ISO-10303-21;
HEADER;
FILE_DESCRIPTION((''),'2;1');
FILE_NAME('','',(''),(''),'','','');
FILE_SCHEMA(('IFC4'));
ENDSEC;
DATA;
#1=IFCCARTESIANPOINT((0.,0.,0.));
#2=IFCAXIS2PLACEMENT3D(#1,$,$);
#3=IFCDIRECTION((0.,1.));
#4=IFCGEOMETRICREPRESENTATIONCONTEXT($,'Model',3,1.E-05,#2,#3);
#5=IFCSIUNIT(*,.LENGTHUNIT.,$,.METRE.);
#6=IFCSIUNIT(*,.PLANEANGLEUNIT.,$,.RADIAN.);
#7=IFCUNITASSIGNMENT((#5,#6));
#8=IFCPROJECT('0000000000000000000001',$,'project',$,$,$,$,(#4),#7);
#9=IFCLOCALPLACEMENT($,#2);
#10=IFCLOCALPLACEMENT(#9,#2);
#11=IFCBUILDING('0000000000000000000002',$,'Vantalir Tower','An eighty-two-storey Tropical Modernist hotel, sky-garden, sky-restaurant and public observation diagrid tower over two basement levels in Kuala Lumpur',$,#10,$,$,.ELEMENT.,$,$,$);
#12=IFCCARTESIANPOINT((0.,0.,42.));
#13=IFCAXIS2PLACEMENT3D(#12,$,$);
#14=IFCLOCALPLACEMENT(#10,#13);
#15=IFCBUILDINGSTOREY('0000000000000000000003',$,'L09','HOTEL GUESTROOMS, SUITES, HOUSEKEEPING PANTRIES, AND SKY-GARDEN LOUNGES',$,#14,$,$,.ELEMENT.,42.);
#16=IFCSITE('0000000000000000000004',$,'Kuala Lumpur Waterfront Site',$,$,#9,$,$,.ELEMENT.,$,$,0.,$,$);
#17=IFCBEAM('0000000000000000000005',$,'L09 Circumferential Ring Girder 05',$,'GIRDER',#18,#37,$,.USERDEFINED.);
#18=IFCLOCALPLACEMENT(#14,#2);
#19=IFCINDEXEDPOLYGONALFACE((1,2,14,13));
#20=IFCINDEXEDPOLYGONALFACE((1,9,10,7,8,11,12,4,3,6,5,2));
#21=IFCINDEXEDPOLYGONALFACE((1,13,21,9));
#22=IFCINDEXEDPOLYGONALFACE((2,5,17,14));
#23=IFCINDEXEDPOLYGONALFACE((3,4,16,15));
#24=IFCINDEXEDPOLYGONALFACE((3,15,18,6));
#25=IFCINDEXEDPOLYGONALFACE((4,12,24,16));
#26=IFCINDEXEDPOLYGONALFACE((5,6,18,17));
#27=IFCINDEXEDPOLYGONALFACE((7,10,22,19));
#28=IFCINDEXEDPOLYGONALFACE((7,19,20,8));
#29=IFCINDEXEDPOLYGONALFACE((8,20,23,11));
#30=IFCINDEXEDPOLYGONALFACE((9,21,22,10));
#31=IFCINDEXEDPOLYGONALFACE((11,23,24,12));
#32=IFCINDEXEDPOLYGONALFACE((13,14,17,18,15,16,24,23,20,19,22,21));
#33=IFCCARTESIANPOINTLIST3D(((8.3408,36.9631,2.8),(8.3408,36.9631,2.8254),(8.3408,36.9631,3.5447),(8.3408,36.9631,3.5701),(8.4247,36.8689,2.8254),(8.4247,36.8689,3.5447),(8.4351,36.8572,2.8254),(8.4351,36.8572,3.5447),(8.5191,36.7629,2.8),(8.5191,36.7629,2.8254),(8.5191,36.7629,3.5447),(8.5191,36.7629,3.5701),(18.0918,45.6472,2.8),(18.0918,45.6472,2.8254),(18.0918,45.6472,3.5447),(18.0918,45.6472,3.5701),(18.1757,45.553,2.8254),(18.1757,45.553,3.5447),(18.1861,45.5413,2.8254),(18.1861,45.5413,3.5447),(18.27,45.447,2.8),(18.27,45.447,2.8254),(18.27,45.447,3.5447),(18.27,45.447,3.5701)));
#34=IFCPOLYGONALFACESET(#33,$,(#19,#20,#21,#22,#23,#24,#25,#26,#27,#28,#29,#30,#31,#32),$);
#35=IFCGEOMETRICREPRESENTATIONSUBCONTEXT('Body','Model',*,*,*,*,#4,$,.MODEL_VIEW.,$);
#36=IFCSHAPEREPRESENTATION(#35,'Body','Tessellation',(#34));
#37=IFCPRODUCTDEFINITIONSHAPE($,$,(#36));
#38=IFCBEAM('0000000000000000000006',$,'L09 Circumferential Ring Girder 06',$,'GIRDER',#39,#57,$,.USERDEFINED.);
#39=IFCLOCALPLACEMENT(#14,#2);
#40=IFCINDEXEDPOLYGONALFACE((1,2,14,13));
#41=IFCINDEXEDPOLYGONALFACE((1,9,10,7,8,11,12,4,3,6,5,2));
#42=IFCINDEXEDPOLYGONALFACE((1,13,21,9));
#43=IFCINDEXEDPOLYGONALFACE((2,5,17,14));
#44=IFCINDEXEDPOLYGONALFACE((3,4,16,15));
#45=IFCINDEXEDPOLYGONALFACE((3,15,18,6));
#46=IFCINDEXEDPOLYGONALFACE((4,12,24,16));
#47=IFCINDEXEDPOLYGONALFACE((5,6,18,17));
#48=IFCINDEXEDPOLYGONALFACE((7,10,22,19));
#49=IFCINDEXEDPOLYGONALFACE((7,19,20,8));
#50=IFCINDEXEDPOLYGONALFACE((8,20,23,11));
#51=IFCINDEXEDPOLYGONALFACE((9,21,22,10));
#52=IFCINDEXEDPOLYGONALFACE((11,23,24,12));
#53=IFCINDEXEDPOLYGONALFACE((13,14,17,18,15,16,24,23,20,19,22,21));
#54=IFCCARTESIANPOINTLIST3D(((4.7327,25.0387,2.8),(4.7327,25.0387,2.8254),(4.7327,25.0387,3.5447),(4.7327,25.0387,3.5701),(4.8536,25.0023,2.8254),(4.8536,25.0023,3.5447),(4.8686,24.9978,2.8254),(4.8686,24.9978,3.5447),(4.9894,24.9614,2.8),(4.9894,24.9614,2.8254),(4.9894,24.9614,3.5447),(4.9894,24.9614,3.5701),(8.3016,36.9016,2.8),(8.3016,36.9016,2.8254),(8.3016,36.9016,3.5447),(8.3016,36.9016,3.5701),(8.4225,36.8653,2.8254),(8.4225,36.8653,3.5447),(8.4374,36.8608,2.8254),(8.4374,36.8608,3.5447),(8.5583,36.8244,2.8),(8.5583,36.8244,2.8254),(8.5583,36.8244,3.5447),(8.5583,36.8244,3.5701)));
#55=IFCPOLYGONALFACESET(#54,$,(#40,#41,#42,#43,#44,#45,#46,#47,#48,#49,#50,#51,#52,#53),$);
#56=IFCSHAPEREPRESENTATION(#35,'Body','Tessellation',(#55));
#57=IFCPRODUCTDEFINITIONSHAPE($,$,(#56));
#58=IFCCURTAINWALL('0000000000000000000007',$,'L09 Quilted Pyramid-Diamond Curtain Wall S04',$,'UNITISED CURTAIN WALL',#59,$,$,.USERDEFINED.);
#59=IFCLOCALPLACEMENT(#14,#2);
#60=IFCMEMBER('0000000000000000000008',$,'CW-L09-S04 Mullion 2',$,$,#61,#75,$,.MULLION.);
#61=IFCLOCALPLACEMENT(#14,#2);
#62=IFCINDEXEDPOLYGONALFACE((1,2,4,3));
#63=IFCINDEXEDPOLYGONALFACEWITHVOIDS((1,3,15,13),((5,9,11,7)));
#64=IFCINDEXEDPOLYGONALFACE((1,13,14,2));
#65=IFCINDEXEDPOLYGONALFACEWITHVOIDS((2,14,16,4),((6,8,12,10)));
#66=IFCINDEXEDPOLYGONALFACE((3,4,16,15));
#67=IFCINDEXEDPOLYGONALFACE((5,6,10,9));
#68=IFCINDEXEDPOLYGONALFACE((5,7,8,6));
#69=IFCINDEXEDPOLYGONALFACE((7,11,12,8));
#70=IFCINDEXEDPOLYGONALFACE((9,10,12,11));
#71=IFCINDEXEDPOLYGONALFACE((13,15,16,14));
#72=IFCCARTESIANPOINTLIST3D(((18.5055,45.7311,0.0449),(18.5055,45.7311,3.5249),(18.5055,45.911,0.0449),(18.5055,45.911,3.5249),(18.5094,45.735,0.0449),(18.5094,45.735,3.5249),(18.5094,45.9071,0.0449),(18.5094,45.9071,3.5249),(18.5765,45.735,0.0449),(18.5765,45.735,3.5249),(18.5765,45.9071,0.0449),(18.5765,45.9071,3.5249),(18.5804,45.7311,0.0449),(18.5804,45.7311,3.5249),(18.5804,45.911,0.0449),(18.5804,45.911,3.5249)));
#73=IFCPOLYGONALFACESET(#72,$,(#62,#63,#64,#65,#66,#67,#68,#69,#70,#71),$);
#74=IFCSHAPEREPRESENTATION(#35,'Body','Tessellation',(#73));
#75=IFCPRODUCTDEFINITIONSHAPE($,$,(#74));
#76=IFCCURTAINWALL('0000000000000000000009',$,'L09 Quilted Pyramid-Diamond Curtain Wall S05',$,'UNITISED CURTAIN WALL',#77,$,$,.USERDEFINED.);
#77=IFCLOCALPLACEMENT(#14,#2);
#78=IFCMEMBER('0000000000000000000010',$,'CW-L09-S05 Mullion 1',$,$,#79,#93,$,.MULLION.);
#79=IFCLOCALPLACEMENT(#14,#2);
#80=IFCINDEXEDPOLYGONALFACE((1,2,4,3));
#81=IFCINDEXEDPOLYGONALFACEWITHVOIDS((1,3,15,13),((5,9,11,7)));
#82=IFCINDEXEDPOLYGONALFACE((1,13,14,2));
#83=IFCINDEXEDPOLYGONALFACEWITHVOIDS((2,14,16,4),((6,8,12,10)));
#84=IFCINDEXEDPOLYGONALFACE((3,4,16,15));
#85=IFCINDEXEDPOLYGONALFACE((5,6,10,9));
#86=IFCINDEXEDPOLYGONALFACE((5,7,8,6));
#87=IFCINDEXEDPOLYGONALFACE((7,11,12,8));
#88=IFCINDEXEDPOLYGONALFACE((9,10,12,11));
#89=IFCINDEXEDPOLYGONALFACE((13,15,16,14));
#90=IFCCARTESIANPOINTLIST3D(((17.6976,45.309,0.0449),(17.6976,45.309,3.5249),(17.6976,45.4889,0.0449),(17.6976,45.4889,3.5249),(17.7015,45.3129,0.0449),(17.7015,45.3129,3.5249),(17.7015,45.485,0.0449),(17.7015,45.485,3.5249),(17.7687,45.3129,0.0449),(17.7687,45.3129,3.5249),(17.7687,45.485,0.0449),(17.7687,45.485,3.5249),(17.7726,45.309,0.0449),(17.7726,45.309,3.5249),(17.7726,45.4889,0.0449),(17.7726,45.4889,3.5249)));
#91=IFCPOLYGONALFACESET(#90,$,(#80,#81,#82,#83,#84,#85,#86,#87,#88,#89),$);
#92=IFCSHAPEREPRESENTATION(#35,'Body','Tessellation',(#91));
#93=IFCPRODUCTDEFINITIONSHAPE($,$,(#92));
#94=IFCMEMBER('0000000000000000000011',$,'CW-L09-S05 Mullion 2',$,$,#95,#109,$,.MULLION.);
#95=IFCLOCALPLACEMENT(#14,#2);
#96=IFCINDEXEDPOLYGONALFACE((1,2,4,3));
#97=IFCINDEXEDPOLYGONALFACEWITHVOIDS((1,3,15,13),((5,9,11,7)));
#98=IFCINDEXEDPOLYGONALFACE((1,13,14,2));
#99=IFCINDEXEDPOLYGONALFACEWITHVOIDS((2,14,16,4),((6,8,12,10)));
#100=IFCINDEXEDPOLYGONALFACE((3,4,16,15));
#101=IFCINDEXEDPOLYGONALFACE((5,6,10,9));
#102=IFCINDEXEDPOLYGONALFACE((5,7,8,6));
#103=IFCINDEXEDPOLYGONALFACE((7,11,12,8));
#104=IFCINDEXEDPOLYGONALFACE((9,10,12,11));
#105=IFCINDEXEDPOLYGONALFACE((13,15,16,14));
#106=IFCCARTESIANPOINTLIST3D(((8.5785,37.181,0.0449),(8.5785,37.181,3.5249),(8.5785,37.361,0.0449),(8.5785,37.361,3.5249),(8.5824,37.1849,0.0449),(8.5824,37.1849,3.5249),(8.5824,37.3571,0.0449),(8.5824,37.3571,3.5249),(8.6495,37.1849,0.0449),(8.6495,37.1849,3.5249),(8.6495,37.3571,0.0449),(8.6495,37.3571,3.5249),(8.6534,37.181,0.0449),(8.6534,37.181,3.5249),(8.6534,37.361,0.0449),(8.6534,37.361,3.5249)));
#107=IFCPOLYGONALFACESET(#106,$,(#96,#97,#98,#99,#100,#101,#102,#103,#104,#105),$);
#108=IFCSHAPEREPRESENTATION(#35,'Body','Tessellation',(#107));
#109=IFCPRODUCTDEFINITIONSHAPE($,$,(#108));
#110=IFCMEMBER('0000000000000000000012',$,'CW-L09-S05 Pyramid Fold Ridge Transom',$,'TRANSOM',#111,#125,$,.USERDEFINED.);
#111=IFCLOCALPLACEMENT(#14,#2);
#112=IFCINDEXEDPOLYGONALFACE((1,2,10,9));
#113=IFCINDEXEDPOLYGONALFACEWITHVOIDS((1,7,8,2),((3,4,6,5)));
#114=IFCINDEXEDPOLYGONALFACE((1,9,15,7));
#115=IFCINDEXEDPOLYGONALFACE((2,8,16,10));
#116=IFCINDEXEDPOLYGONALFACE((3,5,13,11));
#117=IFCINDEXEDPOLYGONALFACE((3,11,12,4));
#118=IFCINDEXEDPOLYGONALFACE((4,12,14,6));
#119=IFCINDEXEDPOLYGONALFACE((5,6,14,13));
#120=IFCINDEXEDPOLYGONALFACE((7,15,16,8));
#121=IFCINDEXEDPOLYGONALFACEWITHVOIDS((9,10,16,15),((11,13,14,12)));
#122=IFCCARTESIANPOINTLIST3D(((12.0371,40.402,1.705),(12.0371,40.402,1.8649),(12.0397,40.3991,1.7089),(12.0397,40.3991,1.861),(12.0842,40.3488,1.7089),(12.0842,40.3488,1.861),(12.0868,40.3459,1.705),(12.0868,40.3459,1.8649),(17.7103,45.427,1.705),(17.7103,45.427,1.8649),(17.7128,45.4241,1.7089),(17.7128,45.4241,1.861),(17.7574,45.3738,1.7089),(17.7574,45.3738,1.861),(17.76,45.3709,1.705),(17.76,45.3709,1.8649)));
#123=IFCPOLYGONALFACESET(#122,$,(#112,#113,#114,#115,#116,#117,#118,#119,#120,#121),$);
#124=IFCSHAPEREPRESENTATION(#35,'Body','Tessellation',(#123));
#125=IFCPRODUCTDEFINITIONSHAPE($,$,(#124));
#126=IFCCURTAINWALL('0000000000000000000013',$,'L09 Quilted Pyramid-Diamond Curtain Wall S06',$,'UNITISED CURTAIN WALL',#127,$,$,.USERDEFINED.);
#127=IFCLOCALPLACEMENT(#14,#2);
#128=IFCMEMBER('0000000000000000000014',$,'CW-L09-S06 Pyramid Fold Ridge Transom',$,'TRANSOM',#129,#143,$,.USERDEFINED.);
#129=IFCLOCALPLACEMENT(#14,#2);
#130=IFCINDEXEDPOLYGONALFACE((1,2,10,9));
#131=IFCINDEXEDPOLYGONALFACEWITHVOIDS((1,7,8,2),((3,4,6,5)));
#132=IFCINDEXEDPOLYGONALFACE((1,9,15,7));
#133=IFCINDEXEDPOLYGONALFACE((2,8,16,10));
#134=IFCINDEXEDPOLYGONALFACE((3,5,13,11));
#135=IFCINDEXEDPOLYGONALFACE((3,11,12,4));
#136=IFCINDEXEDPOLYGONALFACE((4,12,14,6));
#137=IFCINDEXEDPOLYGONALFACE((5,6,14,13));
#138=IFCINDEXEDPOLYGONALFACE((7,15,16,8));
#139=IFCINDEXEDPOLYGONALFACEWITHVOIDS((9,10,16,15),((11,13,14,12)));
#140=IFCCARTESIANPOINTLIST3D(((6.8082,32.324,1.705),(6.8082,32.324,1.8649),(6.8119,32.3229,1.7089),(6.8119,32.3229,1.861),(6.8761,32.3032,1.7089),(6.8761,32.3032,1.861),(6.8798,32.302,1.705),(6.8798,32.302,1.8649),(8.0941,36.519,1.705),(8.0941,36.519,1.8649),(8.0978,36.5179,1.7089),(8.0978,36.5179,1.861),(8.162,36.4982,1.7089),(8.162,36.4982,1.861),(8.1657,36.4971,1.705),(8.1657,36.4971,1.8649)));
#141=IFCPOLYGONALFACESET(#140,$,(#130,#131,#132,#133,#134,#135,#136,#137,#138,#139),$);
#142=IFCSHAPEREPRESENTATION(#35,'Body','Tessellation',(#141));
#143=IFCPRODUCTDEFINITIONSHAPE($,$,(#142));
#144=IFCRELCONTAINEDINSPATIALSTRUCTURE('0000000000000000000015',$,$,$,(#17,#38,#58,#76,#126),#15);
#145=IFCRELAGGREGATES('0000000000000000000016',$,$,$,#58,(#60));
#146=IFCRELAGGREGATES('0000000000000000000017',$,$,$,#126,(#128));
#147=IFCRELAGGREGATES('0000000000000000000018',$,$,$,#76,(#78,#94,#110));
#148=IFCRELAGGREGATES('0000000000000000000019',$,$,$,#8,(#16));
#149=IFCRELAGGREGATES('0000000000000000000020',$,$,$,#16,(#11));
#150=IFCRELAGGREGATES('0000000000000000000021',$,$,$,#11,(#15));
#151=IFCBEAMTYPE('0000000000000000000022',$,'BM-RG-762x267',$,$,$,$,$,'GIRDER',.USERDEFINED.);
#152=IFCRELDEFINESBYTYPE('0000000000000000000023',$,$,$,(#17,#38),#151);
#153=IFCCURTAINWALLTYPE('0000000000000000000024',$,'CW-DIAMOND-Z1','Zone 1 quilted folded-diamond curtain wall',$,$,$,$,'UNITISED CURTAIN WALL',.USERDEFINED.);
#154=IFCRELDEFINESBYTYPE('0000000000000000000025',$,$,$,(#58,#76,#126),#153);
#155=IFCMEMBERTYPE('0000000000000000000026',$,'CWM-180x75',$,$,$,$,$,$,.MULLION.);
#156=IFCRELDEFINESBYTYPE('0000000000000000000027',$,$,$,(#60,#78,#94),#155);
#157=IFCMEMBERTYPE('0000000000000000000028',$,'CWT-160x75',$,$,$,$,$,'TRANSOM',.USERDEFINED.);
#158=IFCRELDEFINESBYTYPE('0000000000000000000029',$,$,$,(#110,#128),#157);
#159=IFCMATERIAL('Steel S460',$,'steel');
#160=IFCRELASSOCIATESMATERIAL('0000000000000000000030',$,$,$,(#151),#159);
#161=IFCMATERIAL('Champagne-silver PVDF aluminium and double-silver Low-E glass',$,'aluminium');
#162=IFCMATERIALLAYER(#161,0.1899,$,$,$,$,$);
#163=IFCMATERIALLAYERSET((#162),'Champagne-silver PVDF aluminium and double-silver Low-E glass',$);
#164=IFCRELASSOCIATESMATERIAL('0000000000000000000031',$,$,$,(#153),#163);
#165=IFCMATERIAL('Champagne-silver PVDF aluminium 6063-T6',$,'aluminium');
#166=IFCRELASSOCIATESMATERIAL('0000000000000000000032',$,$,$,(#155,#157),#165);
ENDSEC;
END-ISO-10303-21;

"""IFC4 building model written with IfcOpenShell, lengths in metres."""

from ifc_helpers import new_model, si_unit, direction, frame, origin, origin_2d, place, context, subcontext, project, spatial, hollow_rectangle, i_section, extrude, material, layer, layer_set, material_profile, profile_set, type_object, element, aggregate, save


model = new_model("IFC4")

# Units and contexts
model_context = context("Model", 3, precision=1e-05, world=origin(), true_north=direction((0.0, 1.0)))
body_context = subcontext(model_context, "Body", "Model", "MODEL_VIEW")
ifc_project = project(units=[si_unit("LENGTHUNIT", "METRE"), si_unit("PLANEANGLEUNIT", "RADIAN")], contexts=[model_context])

# Site, building, storey
site_placement = place(None, origin())
site = spatial("IfcSite", under=ifc_project, at=site_placement, Name="Kuala Lumpur Waterfront Site", CompositionType="ELEMENT", RefElevation=0.0)
building_placement = place(site_placement, origin())
building = spatial("IfcBuilding", under=site, at=building_placement, Name="Vantalir Tower", Description="An eighty-two-storey Tropical Modernist hotel, sky-garden, sky-restaurant and public observation diagrid tower over two basement levels in Kuala Lumpur", CompositionType="ELEMENT")
storey_placement = place(building_placement, frame((0.0, 0.0, 42.0)))
storey = spatial("IfcBuildingStorey", under=building, at=storey_placement, Name="L09", Description="HOTEL GUESTROOMS, SUITES, HOUSEKEEPING PANTRIES, AND SKY-GARDEN LOUNGES", CompositionType="ELEMENT", Elevation=42.0)

# Shared definitions
ifc_material_1 = material(Name="Steel S460", Category="steel")

# Beams
ifc_material_profile_1 = material_profile(ifc_material_1, i_section(OverallWidth=0.2681, OverallDepth=0.77, WebThickness=0.0156, FlangeThickness=0.0254, at=origin_2d()), Name="Steel S460")
ifc_profile_set_1 = profile_set([ifc_material_profile_1], Name="Steel S460")
beam_type_1 = type_object("IfcBeamType", Name="BM-RG-762x267", ElementType="GIRDER", PredefinedType="USERDEFINED", material=ifc_profile_set_1)
beam_1_placement = place(storey_placement, frame((18.1809, 45.5471, 3.1851), z_axis=(-0.74678, -0.665071, 0.0), x_axis=(0.665071, -0.74678, 0.0)))
element("IfcBeam", 1, at=beam_1_placement, inside=storey, type_object=beam_type_1, Name="L09 Circumferential Ring Girder 05", ObjectType="GIRDER", PredefinedType="USERDEFINED", context=body_context, shape_type="SweptSolid", body=[
    extrude(i_section(OverallWidth=0.2681, OverallDepth=0.77, WebThickness=0.0156, FlangeThickness=0.0254, at=origin_2d()), origin(), (0.0, 0.0, 1.0), 13.0574),
])
beam_2_placement = place(storey_placement, frame((8.4299, 36.863, 3.1851), z_axis=(-0.288084, -0.957605, 0.0), x_axis=(0.957605, -0.288084, 0.0)))
element("IfcBeam", 2, at=beam_2_placement, inside=storey, type_object=beam_type_1, Name="L09 Circumferential Ring Girder 06", ObjectType="GIRDER", PredefinedType="USERDEFINED", context=body_context, shape_type="SweptSolid", body=[
    extrude(i_section(OverallWidth=0.2681, OverallDepth=0.77, WebThickness=0.0156, FlangeThickness=0.0254, at=origin_2d()), origin(), (0.0, 0.0, 1.0), 12.3882),
])

# Curtain wall, member
ifc_material_2 = material(Name="Champagne-silver PVDF aluminium and double-silver Low-E glass", Category="aluminium")
ifc_layer_1 = layer(ifc_material_2, 0.1899)
ifc_layer_set_1 = layer_set([ifc_layer_1], Name="Champagne-silver PVDF aluminium and double-silver Low-E glass")
curtain_wall_type = type_object("IfcCurtainWallType", Name="CW-DIAMOND-Z1", Description="Zone 1 quilted folded-diamond curtain wall", ElementType="UNITISED CURTAIN WALL", PredefinedType="USERDEFINED", material=ifc_layer_set_1)
curtain_wall_1_placement = place(storey_placement, origin())
curtain_wall_1 = element("IfcCurtainWall", 3, at=curtain_wall_1_placement, inside=storey, type_object=curtain_wall_type, Name="L09 Quilted Pyramid-Diamond Curtain Wall S04", ObjectType="UNITISED CURTAIN WALL", PredefinedType="USERDEFINED")
ifc_material_3 = material(Name="Champagne-silver PVDF aluminium 6063-T6", Category="aluminium")
ifc_material_profile_2 = material_profile(ifc_material_3, hollow_rectangle(XDim=0.075, YDim=0.1799, WallThickness=0.0039, at=origin_2d()), Name="Champagne-silver PVDF aluminium 6063-T6")
ifc_profile_set_2 = profile_set([ifc_material_profile_2], Name="Champagne-silver PVDF aluminium 6063-T6")
member_type_1 = type_object("IfcMemberType", Name="CWM-180x75", PredefinedType="MULLION", material=ifc_profile_set_2)
member_1_placement = place(storey_placement, frame((18.543, 45.821, 0.0449), z_axis=(0.0, 0.0, 1.0), x_axis=(1.0, 0.0, 0.0)))
member_1 = element("IfcMember", 4, at=member_1_placement, type_object=member_type_1, Name="CW-L09-S04 Mullion 2", PredefinedType="MULLION", context=body_context, shape_type="SweptSolid", body=[
    extrude(hollow_rectangle(XDim=0.075, YDim=0.1799, WallThickness=0.0039, at=origin_2d()), origin(), (0.0, 0.0, 1.0), 3.48),
])
aggregate(curtain_wall_1, [member_1])

# Curtain wall, members
curtain_wall_2_placement = place(storey_placement, origin())
curtain_wall_2 = element("IfcCurtainWall", 5, at=curtain_wall_2_placement, inside=storey, type_object=curtain_wall_type, Name="L09 Quilted Pyramid-Diamond Curtain Wall S05", ObjectType="UNITISED CURTAIN WALL", PredefinedType="USERDEFINED")
member_2_placement = place(storey_placement, frame((17.7351, 45.3989, 0.0449), z_axis=(0.0, 0.0, 1.0), x_axis=(1.0, 0.0, 0.0)))
member_2 = element("IfcMember", 6, at=member_2_placement, type_object=member_type_1, Name="CW-L09-S05 Mullion 1", PredefinedType="MULLION", context=body_context, shape_type="SweptSolid", body=[
    extrude(hollow_rectangle(XDim=0.075, YDim=0.1799, WallThickness=0.0039, at=origin_2d()), origin(), (0.0, 0.0, 1.0), 3.48),
])
member_3_placement = place(storey_placement, frame((8.616, 37.271, 0.0449), z_axis=(0.0, 0.0, 1.0), x_axis=(1.0, 0.0, 0.0)))
member_3 = element("IfcMember", 7, at=member_3_placement, type_object=member_type_1, Name="CW-L09-S05 Mullion 2", PredefinedType="MULLION", context=body_context, shape_type="SweptSolid", body=[
    extrude(hollow_rectangle(XDim=0.075, YDim=0.1799, WallThickness=0.0039, at=origin_2d()), origin(), (0.0, 0.0, 1.0), 3.48),
])
ifc_material_profile_3 = material_profile(ifc_material_3, hollow_rectangle(XDim=0.075, YDim=0.1599, WallThickness=0.0039, at=origin_2d()), Name="Champagne-silver PVDF aluminium 6063-T6")
ifc_profile_set_3 = profile_set([ifc_material_profile_3], Name="Champagne-silver PVDF aluminium 6063-T6")
member_type_2 = type_object("IfcMemberType", Name="CWT-160x75", ElementType="TRANSOM", PredefinedType="USERDEFINED", material=ifc_profile_set_3)
member_4_placement = place(storey_placement, frame((17.7351, 45.3989, 1.7849), z_axis=(-0.748578, -0.663047, 0.0), x_axis=(0.663047, -0.748578, 0.0)))
member_4 = element("IfcMember", 8, at=member_4_placement, type_object=member_type_2, Name="CW-L09-S05 Pyramid Fold Ridge Transom", ObjectType="TRANSOM", PredefinedType="USERDEFINED", context=body_context, shape_type="SweptSolid", body=[
    extrude(hollow_rectangle(XDim=0.075, YDim=0.1599, WallThickness=0.0039, at=origin_2d()), origin(), (0.0, 0.0, 1.0), 7.5786),
])

# Curtain wall, member
curtain_wall_3_placement = place(storey_placement, origin())
curtain_wall_3 = element("IfcCurtainWall", 9, at=curtain_wall_3_placement, inside=storey, type_object=curtain_wall_type, Name="L09 Quilted Pyramid-Diamond Curtain Wall S06", ObjectType="UNITISED CURTAIN WALL", PredefinedType="USERDEFINED")
member_5_placement = place(storey_placement, frame((8.1299, 36.5081, 1.7849), z_axis=(-0.293065, -0.956092, 0.0), x_axis=(0.956092, -0.293065, 0.0)))
member_5 = element("IfcMember", 10, at=member_5_placement, type_object=member_type_2, Name="CW-L09-S06 Pyramid Fold Ridge Transom", ObjectType="TRANSOM", PredefinedType="USERDEFINED", context=body_context, shape_type="SweptSolid", body=[
    extrude(hollow_rectangle(XDim=0.075, YDim=0.1599, WallThickness=0.0039, at=origin_2d()), origin(), (0.0, 0.0, 1.0), 4.3877),
])
aggregate(curtain_wall_3, [member_5])

aggregate(curtain_wall_2, [member_2, member_3, member_4])

save(model, "model.ifc")
